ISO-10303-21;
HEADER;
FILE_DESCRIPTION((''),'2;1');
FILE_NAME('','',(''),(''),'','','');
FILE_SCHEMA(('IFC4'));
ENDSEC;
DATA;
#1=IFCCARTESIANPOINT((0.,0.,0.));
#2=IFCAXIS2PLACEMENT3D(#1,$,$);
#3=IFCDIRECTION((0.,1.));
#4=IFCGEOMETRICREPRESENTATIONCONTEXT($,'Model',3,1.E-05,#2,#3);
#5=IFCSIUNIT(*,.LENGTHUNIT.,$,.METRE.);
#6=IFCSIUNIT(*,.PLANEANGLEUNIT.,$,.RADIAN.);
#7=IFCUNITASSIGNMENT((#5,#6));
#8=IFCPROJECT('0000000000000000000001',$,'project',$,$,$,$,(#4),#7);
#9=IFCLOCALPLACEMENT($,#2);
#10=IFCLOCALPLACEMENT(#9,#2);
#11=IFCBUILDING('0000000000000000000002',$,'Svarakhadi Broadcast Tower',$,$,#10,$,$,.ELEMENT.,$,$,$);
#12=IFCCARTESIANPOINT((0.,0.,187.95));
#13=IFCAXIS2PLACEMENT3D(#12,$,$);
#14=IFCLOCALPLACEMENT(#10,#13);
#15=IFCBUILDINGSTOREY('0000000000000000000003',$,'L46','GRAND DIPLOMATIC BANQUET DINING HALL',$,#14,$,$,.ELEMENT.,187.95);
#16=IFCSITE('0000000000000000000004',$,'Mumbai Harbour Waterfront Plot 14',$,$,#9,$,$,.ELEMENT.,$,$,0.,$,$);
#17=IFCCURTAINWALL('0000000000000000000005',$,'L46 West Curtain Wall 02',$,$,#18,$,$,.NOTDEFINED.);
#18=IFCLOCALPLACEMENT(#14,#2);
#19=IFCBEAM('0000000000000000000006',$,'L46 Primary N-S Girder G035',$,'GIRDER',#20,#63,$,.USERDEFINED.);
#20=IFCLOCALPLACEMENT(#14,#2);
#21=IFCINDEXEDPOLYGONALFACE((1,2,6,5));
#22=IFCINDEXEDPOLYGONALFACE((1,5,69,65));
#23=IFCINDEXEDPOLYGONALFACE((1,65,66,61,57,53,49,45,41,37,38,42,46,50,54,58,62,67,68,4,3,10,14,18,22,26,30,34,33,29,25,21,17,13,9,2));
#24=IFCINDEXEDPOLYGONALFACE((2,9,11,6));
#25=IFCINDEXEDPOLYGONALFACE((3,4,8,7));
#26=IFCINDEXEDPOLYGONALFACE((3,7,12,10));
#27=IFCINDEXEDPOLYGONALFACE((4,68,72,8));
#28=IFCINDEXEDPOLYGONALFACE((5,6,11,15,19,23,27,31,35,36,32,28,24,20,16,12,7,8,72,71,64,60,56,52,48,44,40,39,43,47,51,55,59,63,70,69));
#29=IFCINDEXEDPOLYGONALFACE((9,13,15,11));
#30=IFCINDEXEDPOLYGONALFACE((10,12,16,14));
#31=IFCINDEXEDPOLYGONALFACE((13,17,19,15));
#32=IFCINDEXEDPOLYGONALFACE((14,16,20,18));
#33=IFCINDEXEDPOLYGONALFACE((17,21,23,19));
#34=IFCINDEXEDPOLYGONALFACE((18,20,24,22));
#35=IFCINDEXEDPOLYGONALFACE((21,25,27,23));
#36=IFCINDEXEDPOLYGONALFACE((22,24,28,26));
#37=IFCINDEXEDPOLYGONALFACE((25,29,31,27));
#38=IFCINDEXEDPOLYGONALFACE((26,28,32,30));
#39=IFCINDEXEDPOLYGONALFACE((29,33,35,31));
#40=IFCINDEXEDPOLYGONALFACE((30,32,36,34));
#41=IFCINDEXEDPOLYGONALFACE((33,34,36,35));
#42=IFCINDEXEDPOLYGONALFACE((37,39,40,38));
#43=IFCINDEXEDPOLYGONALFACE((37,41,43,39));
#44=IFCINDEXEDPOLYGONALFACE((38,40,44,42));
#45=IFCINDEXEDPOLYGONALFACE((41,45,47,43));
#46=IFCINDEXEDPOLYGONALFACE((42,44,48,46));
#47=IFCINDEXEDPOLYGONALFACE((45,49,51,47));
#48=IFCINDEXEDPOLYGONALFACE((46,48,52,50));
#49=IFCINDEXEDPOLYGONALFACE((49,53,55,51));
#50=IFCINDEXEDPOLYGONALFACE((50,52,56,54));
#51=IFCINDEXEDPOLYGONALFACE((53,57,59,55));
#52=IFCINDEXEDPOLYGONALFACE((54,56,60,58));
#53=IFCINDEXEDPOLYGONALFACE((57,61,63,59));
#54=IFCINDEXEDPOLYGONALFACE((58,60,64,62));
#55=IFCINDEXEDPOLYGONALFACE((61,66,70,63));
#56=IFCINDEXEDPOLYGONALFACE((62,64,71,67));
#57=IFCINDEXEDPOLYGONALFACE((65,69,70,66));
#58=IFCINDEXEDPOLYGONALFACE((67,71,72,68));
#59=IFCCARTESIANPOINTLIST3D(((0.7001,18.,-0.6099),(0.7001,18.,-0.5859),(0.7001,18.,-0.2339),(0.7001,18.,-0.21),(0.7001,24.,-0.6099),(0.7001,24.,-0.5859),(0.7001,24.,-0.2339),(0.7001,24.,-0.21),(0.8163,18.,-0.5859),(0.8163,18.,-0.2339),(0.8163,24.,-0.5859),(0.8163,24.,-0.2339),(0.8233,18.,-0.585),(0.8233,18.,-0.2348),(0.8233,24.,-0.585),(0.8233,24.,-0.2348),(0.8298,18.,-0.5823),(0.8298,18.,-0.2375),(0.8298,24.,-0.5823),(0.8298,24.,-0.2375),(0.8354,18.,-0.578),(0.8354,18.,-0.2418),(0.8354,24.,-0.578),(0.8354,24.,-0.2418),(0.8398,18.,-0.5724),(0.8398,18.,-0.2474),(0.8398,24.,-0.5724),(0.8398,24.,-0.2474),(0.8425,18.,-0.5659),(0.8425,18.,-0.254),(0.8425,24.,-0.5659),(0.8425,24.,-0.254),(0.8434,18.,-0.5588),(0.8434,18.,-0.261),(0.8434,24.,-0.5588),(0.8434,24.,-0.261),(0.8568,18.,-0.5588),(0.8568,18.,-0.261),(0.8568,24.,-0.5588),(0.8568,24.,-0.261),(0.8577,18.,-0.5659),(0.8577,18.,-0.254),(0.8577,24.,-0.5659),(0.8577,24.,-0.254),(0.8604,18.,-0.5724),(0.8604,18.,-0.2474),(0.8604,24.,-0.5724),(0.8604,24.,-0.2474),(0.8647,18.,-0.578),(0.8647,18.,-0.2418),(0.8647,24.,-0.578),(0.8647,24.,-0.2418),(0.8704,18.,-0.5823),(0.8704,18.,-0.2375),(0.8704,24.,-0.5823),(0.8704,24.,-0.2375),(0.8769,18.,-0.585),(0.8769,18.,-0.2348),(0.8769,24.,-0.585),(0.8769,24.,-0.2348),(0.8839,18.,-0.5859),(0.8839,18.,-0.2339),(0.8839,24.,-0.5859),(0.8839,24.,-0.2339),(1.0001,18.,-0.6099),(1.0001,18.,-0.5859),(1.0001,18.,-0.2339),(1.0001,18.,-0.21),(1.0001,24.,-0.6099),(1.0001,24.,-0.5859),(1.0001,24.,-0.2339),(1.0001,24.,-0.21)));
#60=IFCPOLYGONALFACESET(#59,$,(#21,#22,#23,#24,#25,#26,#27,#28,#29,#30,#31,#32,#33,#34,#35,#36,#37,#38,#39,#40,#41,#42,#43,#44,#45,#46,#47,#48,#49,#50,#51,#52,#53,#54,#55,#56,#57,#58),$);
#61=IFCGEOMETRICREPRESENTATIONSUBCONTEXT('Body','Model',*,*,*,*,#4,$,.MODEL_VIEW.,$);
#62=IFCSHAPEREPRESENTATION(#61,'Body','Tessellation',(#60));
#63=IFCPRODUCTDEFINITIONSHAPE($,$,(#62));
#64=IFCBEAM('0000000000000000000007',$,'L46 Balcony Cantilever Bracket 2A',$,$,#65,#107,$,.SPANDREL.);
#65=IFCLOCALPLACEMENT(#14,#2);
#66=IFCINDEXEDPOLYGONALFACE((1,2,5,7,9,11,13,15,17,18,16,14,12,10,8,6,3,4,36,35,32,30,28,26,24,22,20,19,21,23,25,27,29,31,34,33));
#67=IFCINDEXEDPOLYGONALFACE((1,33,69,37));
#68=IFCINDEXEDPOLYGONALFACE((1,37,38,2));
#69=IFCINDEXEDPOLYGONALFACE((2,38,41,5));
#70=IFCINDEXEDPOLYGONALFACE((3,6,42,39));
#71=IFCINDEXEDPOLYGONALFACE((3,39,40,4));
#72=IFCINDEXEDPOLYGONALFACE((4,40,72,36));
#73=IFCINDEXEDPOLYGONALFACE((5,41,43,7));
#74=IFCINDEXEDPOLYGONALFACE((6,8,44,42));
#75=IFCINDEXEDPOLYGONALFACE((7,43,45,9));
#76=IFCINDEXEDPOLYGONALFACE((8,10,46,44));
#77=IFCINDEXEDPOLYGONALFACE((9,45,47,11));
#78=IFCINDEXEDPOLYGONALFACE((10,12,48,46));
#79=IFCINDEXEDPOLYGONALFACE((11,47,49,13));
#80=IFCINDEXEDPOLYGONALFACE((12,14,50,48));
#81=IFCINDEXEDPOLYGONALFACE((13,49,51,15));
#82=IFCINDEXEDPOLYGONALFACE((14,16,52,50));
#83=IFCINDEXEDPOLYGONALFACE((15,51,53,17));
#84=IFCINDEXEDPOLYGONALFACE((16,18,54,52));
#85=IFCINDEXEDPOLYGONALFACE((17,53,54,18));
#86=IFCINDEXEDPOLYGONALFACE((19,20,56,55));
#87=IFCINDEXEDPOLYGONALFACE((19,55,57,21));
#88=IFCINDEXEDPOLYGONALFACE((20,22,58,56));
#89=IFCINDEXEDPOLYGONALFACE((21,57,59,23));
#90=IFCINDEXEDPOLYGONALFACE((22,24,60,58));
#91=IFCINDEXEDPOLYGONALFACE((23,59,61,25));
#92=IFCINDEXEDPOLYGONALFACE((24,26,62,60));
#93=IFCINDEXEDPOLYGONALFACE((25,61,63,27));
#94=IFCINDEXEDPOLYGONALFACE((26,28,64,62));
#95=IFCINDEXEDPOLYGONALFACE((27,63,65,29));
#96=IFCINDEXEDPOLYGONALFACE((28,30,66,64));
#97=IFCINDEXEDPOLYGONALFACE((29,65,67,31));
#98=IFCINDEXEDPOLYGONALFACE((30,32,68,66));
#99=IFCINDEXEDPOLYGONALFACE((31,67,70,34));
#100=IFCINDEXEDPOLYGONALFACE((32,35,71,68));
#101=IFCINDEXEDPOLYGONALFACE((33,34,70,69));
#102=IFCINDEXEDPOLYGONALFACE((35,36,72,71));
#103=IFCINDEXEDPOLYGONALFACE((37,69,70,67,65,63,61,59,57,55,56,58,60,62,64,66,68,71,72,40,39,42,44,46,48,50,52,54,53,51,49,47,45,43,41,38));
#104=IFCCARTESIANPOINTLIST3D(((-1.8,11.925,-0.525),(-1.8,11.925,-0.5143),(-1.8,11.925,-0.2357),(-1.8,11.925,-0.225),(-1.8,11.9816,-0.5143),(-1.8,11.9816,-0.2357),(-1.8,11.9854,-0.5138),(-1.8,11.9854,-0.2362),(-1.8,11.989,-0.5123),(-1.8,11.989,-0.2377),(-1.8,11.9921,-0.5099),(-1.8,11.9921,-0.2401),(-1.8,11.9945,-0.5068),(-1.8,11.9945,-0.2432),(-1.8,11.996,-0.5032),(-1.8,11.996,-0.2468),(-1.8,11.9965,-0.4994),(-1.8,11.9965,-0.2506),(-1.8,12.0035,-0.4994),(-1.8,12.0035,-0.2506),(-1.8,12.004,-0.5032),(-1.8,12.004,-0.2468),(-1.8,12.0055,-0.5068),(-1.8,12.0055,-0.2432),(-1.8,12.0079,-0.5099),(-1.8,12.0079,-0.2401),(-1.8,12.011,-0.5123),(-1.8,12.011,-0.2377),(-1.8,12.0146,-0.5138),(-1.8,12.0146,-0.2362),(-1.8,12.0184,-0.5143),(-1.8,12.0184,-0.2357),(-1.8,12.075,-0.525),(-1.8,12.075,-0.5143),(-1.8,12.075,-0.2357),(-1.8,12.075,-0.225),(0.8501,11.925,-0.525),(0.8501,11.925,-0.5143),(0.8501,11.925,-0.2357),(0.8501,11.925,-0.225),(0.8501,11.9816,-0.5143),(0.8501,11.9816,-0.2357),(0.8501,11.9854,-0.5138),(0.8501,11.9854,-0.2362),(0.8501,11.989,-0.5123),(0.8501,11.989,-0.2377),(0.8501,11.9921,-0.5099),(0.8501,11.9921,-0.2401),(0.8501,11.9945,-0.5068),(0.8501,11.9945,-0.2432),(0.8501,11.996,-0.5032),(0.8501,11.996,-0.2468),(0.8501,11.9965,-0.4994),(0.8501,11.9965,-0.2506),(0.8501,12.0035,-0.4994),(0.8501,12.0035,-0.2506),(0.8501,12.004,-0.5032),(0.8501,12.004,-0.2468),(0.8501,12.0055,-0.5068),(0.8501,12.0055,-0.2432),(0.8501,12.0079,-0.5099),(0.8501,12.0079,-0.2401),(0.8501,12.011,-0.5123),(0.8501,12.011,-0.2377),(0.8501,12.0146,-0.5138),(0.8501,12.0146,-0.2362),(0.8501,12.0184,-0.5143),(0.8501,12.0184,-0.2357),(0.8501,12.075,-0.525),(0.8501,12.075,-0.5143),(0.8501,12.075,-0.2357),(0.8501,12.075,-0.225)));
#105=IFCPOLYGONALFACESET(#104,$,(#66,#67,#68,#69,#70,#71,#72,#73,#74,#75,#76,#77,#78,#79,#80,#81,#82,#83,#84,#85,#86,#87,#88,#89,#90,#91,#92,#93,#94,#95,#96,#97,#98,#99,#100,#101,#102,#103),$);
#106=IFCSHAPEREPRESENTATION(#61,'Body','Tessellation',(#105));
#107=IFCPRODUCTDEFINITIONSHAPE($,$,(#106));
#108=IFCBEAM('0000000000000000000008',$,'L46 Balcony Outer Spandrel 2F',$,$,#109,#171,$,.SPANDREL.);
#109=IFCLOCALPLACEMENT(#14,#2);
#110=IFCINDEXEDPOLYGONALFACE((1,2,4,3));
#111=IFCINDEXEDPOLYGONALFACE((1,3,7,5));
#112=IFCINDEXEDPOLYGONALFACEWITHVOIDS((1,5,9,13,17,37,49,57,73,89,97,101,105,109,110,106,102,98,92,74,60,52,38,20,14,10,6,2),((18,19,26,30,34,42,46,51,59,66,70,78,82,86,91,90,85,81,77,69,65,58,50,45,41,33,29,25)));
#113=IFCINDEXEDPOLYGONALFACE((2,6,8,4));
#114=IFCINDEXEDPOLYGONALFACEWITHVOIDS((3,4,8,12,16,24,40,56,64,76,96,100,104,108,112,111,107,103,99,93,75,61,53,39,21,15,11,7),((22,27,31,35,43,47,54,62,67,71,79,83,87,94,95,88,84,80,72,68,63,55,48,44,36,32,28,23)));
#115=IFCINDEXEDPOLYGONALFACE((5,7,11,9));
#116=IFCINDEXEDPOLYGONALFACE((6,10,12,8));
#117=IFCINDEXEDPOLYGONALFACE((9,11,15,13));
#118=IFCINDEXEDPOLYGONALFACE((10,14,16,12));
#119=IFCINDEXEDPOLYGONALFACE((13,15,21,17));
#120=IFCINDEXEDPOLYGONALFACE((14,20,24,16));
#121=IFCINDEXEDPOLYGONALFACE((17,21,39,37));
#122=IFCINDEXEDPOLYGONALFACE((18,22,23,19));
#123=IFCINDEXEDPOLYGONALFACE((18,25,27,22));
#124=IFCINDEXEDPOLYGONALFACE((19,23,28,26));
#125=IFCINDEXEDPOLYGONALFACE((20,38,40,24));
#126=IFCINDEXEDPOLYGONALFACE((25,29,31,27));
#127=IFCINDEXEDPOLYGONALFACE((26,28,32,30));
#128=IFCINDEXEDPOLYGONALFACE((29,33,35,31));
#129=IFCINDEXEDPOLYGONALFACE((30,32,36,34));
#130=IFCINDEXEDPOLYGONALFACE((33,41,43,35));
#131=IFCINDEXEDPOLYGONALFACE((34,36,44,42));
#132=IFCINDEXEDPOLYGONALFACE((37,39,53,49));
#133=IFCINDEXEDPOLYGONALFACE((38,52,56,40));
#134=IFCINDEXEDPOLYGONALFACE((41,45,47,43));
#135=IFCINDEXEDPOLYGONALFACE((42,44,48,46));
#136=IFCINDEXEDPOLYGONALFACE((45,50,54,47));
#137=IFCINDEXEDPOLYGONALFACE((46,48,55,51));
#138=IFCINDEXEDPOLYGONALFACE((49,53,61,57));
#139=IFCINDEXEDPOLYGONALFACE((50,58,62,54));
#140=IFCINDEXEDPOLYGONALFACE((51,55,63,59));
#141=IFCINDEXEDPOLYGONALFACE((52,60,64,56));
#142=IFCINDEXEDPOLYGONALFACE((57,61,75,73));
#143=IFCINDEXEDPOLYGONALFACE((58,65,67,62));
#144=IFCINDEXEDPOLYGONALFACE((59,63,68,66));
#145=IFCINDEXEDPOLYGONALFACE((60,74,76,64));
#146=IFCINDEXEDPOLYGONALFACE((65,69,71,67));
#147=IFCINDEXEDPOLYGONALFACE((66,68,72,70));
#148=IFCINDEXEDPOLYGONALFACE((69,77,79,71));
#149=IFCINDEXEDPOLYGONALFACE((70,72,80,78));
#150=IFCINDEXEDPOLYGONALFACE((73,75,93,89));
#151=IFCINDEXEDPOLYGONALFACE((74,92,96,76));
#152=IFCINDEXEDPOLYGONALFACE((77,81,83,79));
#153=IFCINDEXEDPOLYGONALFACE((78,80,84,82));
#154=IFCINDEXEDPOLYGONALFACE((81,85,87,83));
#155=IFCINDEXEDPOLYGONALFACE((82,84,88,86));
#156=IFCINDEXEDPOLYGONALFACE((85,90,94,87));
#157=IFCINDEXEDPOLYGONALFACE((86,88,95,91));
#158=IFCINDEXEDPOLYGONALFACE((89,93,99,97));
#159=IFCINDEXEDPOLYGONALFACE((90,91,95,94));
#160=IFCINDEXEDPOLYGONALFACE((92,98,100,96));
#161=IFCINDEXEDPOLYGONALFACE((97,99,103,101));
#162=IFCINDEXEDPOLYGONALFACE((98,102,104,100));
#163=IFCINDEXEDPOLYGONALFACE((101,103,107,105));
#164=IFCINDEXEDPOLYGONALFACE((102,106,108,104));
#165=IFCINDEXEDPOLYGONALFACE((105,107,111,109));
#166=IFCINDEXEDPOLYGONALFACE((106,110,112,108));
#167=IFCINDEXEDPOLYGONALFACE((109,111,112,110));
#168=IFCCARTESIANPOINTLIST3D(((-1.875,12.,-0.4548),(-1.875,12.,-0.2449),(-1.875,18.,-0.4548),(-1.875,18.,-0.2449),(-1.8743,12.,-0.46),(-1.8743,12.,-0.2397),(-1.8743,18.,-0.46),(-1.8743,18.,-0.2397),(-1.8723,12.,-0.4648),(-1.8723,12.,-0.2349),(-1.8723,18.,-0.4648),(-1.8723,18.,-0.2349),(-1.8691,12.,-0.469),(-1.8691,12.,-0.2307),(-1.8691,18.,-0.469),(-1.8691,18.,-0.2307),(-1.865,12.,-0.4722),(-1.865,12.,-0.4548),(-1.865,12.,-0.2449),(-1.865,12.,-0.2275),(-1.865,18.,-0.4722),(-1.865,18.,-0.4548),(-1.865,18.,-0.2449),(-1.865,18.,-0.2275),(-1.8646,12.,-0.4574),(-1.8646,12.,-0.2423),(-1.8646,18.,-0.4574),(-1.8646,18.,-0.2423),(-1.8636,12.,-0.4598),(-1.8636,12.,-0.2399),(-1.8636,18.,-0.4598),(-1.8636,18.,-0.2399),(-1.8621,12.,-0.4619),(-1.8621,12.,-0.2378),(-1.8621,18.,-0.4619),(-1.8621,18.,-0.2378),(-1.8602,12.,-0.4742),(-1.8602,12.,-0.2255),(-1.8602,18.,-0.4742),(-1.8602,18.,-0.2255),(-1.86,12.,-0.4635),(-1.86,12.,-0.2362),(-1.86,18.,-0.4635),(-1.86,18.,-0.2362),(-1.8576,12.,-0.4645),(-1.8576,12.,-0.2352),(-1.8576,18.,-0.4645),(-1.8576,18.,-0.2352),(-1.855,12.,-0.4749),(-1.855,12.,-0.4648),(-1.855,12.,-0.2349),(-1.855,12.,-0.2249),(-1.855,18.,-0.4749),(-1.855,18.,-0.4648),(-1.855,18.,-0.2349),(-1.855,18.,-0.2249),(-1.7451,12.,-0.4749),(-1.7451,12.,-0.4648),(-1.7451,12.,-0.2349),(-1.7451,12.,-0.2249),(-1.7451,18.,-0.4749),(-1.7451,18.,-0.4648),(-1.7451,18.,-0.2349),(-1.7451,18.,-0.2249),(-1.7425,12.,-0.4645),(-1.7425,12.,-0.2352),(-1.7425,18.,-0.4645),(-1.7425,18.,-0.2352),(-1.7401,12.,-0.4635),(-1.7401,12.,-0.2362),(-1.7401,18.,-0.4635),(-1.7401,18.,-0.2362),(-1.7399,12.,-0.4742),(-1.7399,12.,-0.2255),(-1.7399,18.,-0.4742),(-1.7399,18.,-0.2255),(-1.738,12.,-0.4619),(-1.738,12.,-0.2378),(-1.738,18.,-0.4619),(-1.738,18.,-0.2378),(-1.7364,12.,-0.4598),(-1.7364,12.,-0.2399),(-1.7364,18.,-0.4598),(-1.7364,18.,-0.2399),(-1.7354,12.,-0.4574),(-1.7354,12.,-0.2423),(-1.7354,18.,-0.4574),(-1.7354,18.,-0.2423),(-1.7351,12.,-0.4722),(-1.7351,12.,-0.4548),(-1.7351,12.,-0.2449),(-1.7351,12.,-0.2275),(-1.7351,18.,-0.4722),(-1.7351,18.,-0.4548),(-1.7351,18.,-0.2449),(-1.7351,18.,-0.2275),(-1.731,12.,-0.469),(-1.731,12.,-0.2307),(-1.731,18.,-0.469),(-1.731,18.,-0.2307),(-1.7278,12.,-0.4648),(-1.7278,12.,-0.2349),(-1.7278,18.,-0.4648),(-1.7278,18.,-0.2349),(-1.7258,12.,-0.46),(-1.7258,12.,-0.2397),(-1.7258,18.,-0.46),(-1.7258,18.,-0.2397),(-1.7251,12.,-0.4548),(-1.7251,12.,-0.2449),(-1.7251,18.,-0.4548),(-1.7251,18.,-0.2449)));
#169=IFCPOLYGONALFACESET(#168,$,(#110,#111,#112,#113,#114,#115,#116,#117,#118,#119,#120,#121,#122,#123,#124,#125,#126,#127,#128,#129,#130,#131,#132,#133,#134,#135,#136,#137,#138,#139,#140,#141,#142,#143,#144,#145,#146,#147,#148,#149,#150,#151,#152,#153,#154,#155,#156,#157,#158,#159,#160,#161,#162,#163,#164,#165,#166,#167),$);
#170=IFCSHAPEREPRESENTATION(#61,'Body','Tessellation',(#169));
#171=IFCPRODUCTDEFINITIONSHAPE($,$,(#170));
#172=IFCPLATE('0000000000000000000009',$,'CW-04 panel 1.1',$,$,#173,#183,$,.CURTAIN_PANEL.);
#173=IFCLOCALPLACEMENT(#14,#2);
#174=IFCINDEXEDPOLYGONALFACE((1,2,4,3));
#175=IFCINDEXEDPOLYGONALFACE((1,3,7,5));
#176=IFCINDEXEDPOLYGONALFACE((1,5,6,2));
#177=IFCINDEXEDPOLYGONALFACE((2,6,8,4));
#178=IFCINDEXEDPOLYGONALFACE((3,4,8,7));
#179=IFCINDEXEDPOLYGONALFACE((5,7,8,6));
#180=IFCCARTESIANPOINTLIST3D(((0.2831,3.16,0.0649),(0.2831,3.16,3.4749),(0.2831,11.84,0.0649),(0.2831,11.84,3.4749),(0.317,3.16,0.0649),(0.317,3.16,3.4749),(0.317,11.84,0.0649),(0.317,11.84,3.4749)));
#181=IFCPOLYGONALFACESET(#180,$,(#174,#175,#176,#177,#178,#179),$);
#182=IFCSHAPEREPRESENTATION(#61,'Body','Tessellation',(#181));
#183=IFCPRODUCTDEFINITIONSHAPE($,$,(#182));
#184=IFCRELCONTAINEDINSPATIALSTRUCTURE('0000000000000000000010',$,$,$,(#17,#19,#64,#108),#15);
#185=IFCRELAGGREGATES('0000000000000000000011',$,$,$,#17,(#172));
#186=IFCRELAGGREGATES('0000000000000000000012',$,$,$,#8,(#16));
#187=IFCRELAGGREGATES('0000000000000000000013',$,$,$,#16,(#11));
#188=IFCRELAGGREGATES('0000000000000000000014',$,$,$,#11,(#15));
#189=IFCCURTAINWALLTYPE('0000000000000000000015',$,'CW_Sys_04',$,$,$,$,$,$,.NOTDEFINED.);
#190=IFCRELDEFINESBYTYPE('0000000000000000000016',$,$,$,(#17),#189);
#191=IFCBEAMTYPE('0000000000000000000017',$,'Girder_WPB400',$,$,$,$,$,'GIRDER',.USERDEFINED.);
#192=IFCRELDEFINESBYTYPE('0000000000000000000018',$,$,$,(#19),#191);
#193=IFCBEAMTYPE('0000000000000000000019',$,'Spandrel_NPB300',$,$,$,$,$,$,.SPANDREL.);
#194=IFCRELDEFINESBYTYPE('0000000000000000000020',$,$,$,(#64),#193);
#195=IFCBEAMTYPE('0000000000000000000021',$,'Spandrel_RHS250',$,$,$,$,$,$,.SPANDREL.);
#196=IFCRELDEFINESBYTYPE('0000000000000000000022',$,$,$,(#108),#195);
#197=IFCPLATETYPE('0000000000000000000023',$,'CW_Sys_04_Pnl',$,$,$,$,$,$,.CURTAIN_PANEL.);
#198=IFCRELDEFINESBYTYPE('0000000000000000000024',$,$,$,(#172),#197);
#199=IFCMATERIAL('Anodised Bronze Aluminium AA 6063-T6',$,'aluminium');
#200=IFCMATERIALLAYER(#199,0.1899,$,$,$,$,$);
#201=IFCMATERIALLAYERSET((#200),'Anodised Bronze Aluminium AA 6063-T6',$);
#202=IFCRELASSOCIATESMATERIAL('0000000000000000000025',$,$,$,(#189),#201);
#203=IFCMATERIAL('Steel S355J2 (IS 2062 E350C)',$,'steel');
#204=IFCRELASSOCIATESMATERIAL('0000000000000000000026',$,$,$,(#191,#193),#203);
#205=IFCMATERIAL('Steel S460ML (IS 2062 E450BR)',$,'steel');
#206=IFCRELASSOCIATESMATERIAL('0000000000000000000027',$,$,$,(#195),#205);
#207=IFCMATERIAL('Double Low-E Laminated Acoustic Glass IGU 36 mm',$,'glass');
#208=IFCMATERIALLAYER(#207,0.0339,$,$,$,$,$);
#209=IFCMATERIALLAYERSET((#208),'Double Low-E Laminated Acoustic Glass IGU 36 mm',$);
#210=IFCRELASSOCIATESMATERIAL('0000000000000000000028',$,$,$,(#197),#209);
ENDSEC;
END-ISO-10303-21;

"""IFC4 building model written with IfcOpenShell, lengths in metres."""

from ifc_helpers import new_model, si_unit, direction, frame, origin, origin_2d, place, context, subcontext, project, spatial, rectangle, hollow_rectangle, i_section, extrude, material, layer, layer_set, material_profile, profile_set, type_object, element, aggregate, save


model = new_model("IFC4")

# Units and contexts
model_context = context("Model", 3, precision=1e-05, world=origin(), true_north=direction((0.0, 1.0)))
body_context = subcontext(model_context, "Body", "Model", "MODEL_VIEW")
ifc_project = project(units=[si_unit("LENGTHUNIT", "METRE"), si_unit("PLANEANGLEUNIT", "RADIAN")], contexts=[model_context])

# Site, building, storey
site_placement = place(None, origin())
site = spatial("IfcSite", under=ifc_project, at=site_placement, Name="Mumbai Harbour Waterfront Plot 14", CompositionType="ELEMENT", RefElevation=0.0)
building_placement = place(site_placement, origin())
building = spatial("IfcBuilding", under=site, at=building_placement, Name="Svarakhadi Broadcast Tower", CompositionType="ELEMENT")
storey_placement = place(building_placement, frame((0.0, 0.0, 187.95)))
storey = spatial("IfcBuildingStorey", under=building, at=storey_placement, Name="L46", Description="GRAND DIPLOMATIC BANQUET DINING HALL", CompositionType="ELEMENT", Elevation=187.95)

# Shared definitions
ifc_material_1 = material(Name="Steel S460ML (IS 2062 E450BR)", Category="steel")

# Shared definitions
ifc_material_2 = material(Name="Steel S355J2 (IS 2062 E350C)", Category="steel")

# Curtain wall
ifc_material_3 = material(Name="Anodised Bronze Aluminium AA 6063-T6", Category="aluminium")
ifc_layer_1 = layer(ifc_material_3, 0.1899)
ifc_layer_set_1 = layer_set([ifc_layer_1], Name="Anodised Bronze Aluminium AA 6063-T6")
curtain_wall_type = type_object("IfcCurtainWallType", Name="CW_Sys_04", PredefinedType="NOTDEFINED", material=ifc_layer_set_1)
curtain_wall_placement = place(storey_placement, origin())
curtain_wall = element("IfcCurtainWall", 1, at=curtain_wall_placement, inside=storey, type_object=curtain_wall_type, Name="L46 West Curtain Wall 02", PredefinedType="NOTDEFINED")

# Beams
ifc_material_profile_1 = material_profile(ifc_material_2, i_section(OverallWidth=0.3, OverallDepth=0.3999, WebThickness=0.0134, FlangeThickness=0.0239, FilletRadius=0.0271, at=origin_2d()), Name="WPB 400x300x155")
ifc_profile_set_1 = profile_set([ifc_material_profile_1], Name="Steel S355J2 (IS 2062 E350C)")
beam_type_1 = type_object("IfcBeamType", Name="Girder_WPB400", ElementType="GIRDER", PredefinedType="USERDEFINED", material=ifc_profile_set_1)
for number, where, z_axis, x_axis, name in (
    (2, (0.8501, 18.0, -0.4099), (0.0, 1.0, 0.0), (-1.0, 0.0, 0.0), "L46 Primary N-S Girder G035"),
):
    element("IfcBeam", number, at=place(storey_placement, frame(where, z_axis=z_axis, x_axis=x_axis)), inside=storey, type_object=beam_type_1, Name=name, ObjectType="GIRDER", PredefinedType="USERDEFINED", context=body_context, shape_type="SweptSolid", body=[
        extrude(i_section(OverallWidth=0.3, OverallDepth=0.3999, WebThickness=0.0134, FlangeThickness=0.0239, FilletRadius=0.0271, at=origin_2d()), origin(), (0.0, 0.0, 1.0), 6.0),
    ])
ifc_material_profile_2 = material_profile(ifc_material_2, i_section(OverallWidth=0.1499, OverallDepth=0.3, WebThickness=0.0071, FlangeThickness=0.0107, FilletRadius=0.0149, at=origin_2d()), Name="NPB 300x150x37")
ifc_profile_set_2 = profile_set([ifc_material_profile_2], Name="Steel S355J2 (IS 2062 E350C)")
beam_type_2 = type_object("IfcBeamType", Name="Spandrel_NPB300", PredefinedType="SPANDREL", material=ifc_profile_set_2)
beam_1_placement = place(storey_placement, frame((0.8501, 12.0, -0.375), z_axis=(-1.0, 0.0, 0.0), x_axis=(0.0, -1.0, 0.0)))
element("IfcBeam", 3, at=beam_1_placement, inside=storey, type_object=beam_type_2, Name="L46 Balcony Cantilever Bracket 2A", PredefinedType="SPANDREL", context=body_context, shape_type="SweptSolid", body=[
    extrude(i_section(OverallWidth=0.1499, OverallDepth=0.3, WebThickness=0.0071, FlangeThickness=0.0107, FilletRadius=0.0149, at=origin_2d()), origin(), (0.0, 0.0, 1.0), 2.6501),
])
ifc_material_profile_3 = material_profile(ifc_material_1, hollow_rectangle(XDim=0.1499, YDim=0.25, WallThickness=0.01, InnerFilletRadius=0.01, OuterFilletRadius=0.02, at=origin_2d()), Name="RHS 250x150x10")
ifc_profile_set_3 = profile_set([ifc_material_profile_3], Name="Steel S460ML (IS 2062 E450BR)")
beam_type_3 = type_object("IfcBeamType", Name="Spandrel_RHS250", PredefinedType="SPANDREL", material=ifc_profile_set_3)
beam_2_placement = place(storey_placement, frame((-1.8, 12.0, -0.3499), z_axis=(0.0, 1.0, 0.0), x_axis=(-1.0, 0.0, 0.0)))
element("IfcBeam", 4, at=beam_2_placement, inside=storey, type_object=beam_type_3, Name="L46 Balcony Outer Spandrel 2F", PredefinedType="SPANDREL", context=body_context, shape_type="SweptSolid", body=[
    extrude(hollow_rectangle(XDim=0.1499, YDim=0.25, WallThickness=0.01, InnerFilletRadius=0.01, OuterFilletRadius=0.02, at=origin_2d()), origin(), (0.0, 0.0, 1.0), 6.0),
])

# Plate
ifc_material_4 = material(Name="Double Low-E Laminated Acoustic Glass IGU 36 mm", Category="glass")
ifc_layer_2 = layer(ifc_material_4, 0.0339)
ifc_layer_set_2 = layer_set([ifc_layer_2], Name="Double Low-E Laminated Acoustic Glass IGU 36 mm")
plate_type_1 = type_object("IfcPlateType", Name="CW_Sys_04_Pnl", PredefinedType="CURTAIN_PANEL", material=ifc_layer_set_2)
plate_1_placement = place(storey_placement, frame((0.3, 7.5, 0.0649), z_axis=(0.0, 0.0, 1.0), x_axis=(0.0, 1.0, 0.0)))
plate_1 = element("IfcPlate", 5, at=plate_1_placement, type_object=plate_type_1, Name="CW-04 panel 1.1", PredefinedType="CURTAIN_PANEL", context=body_context, shape_type="SweptSolid", body=[
    extrude(rectangle(XDim=8.6799, YDim=0.0339, at=origin_2d()), origin(), (0.0, 0.0, 1.0), 3.4099),
])
aggregate(curtain_wall, [plate_1])

save(model, "model.ifc")
